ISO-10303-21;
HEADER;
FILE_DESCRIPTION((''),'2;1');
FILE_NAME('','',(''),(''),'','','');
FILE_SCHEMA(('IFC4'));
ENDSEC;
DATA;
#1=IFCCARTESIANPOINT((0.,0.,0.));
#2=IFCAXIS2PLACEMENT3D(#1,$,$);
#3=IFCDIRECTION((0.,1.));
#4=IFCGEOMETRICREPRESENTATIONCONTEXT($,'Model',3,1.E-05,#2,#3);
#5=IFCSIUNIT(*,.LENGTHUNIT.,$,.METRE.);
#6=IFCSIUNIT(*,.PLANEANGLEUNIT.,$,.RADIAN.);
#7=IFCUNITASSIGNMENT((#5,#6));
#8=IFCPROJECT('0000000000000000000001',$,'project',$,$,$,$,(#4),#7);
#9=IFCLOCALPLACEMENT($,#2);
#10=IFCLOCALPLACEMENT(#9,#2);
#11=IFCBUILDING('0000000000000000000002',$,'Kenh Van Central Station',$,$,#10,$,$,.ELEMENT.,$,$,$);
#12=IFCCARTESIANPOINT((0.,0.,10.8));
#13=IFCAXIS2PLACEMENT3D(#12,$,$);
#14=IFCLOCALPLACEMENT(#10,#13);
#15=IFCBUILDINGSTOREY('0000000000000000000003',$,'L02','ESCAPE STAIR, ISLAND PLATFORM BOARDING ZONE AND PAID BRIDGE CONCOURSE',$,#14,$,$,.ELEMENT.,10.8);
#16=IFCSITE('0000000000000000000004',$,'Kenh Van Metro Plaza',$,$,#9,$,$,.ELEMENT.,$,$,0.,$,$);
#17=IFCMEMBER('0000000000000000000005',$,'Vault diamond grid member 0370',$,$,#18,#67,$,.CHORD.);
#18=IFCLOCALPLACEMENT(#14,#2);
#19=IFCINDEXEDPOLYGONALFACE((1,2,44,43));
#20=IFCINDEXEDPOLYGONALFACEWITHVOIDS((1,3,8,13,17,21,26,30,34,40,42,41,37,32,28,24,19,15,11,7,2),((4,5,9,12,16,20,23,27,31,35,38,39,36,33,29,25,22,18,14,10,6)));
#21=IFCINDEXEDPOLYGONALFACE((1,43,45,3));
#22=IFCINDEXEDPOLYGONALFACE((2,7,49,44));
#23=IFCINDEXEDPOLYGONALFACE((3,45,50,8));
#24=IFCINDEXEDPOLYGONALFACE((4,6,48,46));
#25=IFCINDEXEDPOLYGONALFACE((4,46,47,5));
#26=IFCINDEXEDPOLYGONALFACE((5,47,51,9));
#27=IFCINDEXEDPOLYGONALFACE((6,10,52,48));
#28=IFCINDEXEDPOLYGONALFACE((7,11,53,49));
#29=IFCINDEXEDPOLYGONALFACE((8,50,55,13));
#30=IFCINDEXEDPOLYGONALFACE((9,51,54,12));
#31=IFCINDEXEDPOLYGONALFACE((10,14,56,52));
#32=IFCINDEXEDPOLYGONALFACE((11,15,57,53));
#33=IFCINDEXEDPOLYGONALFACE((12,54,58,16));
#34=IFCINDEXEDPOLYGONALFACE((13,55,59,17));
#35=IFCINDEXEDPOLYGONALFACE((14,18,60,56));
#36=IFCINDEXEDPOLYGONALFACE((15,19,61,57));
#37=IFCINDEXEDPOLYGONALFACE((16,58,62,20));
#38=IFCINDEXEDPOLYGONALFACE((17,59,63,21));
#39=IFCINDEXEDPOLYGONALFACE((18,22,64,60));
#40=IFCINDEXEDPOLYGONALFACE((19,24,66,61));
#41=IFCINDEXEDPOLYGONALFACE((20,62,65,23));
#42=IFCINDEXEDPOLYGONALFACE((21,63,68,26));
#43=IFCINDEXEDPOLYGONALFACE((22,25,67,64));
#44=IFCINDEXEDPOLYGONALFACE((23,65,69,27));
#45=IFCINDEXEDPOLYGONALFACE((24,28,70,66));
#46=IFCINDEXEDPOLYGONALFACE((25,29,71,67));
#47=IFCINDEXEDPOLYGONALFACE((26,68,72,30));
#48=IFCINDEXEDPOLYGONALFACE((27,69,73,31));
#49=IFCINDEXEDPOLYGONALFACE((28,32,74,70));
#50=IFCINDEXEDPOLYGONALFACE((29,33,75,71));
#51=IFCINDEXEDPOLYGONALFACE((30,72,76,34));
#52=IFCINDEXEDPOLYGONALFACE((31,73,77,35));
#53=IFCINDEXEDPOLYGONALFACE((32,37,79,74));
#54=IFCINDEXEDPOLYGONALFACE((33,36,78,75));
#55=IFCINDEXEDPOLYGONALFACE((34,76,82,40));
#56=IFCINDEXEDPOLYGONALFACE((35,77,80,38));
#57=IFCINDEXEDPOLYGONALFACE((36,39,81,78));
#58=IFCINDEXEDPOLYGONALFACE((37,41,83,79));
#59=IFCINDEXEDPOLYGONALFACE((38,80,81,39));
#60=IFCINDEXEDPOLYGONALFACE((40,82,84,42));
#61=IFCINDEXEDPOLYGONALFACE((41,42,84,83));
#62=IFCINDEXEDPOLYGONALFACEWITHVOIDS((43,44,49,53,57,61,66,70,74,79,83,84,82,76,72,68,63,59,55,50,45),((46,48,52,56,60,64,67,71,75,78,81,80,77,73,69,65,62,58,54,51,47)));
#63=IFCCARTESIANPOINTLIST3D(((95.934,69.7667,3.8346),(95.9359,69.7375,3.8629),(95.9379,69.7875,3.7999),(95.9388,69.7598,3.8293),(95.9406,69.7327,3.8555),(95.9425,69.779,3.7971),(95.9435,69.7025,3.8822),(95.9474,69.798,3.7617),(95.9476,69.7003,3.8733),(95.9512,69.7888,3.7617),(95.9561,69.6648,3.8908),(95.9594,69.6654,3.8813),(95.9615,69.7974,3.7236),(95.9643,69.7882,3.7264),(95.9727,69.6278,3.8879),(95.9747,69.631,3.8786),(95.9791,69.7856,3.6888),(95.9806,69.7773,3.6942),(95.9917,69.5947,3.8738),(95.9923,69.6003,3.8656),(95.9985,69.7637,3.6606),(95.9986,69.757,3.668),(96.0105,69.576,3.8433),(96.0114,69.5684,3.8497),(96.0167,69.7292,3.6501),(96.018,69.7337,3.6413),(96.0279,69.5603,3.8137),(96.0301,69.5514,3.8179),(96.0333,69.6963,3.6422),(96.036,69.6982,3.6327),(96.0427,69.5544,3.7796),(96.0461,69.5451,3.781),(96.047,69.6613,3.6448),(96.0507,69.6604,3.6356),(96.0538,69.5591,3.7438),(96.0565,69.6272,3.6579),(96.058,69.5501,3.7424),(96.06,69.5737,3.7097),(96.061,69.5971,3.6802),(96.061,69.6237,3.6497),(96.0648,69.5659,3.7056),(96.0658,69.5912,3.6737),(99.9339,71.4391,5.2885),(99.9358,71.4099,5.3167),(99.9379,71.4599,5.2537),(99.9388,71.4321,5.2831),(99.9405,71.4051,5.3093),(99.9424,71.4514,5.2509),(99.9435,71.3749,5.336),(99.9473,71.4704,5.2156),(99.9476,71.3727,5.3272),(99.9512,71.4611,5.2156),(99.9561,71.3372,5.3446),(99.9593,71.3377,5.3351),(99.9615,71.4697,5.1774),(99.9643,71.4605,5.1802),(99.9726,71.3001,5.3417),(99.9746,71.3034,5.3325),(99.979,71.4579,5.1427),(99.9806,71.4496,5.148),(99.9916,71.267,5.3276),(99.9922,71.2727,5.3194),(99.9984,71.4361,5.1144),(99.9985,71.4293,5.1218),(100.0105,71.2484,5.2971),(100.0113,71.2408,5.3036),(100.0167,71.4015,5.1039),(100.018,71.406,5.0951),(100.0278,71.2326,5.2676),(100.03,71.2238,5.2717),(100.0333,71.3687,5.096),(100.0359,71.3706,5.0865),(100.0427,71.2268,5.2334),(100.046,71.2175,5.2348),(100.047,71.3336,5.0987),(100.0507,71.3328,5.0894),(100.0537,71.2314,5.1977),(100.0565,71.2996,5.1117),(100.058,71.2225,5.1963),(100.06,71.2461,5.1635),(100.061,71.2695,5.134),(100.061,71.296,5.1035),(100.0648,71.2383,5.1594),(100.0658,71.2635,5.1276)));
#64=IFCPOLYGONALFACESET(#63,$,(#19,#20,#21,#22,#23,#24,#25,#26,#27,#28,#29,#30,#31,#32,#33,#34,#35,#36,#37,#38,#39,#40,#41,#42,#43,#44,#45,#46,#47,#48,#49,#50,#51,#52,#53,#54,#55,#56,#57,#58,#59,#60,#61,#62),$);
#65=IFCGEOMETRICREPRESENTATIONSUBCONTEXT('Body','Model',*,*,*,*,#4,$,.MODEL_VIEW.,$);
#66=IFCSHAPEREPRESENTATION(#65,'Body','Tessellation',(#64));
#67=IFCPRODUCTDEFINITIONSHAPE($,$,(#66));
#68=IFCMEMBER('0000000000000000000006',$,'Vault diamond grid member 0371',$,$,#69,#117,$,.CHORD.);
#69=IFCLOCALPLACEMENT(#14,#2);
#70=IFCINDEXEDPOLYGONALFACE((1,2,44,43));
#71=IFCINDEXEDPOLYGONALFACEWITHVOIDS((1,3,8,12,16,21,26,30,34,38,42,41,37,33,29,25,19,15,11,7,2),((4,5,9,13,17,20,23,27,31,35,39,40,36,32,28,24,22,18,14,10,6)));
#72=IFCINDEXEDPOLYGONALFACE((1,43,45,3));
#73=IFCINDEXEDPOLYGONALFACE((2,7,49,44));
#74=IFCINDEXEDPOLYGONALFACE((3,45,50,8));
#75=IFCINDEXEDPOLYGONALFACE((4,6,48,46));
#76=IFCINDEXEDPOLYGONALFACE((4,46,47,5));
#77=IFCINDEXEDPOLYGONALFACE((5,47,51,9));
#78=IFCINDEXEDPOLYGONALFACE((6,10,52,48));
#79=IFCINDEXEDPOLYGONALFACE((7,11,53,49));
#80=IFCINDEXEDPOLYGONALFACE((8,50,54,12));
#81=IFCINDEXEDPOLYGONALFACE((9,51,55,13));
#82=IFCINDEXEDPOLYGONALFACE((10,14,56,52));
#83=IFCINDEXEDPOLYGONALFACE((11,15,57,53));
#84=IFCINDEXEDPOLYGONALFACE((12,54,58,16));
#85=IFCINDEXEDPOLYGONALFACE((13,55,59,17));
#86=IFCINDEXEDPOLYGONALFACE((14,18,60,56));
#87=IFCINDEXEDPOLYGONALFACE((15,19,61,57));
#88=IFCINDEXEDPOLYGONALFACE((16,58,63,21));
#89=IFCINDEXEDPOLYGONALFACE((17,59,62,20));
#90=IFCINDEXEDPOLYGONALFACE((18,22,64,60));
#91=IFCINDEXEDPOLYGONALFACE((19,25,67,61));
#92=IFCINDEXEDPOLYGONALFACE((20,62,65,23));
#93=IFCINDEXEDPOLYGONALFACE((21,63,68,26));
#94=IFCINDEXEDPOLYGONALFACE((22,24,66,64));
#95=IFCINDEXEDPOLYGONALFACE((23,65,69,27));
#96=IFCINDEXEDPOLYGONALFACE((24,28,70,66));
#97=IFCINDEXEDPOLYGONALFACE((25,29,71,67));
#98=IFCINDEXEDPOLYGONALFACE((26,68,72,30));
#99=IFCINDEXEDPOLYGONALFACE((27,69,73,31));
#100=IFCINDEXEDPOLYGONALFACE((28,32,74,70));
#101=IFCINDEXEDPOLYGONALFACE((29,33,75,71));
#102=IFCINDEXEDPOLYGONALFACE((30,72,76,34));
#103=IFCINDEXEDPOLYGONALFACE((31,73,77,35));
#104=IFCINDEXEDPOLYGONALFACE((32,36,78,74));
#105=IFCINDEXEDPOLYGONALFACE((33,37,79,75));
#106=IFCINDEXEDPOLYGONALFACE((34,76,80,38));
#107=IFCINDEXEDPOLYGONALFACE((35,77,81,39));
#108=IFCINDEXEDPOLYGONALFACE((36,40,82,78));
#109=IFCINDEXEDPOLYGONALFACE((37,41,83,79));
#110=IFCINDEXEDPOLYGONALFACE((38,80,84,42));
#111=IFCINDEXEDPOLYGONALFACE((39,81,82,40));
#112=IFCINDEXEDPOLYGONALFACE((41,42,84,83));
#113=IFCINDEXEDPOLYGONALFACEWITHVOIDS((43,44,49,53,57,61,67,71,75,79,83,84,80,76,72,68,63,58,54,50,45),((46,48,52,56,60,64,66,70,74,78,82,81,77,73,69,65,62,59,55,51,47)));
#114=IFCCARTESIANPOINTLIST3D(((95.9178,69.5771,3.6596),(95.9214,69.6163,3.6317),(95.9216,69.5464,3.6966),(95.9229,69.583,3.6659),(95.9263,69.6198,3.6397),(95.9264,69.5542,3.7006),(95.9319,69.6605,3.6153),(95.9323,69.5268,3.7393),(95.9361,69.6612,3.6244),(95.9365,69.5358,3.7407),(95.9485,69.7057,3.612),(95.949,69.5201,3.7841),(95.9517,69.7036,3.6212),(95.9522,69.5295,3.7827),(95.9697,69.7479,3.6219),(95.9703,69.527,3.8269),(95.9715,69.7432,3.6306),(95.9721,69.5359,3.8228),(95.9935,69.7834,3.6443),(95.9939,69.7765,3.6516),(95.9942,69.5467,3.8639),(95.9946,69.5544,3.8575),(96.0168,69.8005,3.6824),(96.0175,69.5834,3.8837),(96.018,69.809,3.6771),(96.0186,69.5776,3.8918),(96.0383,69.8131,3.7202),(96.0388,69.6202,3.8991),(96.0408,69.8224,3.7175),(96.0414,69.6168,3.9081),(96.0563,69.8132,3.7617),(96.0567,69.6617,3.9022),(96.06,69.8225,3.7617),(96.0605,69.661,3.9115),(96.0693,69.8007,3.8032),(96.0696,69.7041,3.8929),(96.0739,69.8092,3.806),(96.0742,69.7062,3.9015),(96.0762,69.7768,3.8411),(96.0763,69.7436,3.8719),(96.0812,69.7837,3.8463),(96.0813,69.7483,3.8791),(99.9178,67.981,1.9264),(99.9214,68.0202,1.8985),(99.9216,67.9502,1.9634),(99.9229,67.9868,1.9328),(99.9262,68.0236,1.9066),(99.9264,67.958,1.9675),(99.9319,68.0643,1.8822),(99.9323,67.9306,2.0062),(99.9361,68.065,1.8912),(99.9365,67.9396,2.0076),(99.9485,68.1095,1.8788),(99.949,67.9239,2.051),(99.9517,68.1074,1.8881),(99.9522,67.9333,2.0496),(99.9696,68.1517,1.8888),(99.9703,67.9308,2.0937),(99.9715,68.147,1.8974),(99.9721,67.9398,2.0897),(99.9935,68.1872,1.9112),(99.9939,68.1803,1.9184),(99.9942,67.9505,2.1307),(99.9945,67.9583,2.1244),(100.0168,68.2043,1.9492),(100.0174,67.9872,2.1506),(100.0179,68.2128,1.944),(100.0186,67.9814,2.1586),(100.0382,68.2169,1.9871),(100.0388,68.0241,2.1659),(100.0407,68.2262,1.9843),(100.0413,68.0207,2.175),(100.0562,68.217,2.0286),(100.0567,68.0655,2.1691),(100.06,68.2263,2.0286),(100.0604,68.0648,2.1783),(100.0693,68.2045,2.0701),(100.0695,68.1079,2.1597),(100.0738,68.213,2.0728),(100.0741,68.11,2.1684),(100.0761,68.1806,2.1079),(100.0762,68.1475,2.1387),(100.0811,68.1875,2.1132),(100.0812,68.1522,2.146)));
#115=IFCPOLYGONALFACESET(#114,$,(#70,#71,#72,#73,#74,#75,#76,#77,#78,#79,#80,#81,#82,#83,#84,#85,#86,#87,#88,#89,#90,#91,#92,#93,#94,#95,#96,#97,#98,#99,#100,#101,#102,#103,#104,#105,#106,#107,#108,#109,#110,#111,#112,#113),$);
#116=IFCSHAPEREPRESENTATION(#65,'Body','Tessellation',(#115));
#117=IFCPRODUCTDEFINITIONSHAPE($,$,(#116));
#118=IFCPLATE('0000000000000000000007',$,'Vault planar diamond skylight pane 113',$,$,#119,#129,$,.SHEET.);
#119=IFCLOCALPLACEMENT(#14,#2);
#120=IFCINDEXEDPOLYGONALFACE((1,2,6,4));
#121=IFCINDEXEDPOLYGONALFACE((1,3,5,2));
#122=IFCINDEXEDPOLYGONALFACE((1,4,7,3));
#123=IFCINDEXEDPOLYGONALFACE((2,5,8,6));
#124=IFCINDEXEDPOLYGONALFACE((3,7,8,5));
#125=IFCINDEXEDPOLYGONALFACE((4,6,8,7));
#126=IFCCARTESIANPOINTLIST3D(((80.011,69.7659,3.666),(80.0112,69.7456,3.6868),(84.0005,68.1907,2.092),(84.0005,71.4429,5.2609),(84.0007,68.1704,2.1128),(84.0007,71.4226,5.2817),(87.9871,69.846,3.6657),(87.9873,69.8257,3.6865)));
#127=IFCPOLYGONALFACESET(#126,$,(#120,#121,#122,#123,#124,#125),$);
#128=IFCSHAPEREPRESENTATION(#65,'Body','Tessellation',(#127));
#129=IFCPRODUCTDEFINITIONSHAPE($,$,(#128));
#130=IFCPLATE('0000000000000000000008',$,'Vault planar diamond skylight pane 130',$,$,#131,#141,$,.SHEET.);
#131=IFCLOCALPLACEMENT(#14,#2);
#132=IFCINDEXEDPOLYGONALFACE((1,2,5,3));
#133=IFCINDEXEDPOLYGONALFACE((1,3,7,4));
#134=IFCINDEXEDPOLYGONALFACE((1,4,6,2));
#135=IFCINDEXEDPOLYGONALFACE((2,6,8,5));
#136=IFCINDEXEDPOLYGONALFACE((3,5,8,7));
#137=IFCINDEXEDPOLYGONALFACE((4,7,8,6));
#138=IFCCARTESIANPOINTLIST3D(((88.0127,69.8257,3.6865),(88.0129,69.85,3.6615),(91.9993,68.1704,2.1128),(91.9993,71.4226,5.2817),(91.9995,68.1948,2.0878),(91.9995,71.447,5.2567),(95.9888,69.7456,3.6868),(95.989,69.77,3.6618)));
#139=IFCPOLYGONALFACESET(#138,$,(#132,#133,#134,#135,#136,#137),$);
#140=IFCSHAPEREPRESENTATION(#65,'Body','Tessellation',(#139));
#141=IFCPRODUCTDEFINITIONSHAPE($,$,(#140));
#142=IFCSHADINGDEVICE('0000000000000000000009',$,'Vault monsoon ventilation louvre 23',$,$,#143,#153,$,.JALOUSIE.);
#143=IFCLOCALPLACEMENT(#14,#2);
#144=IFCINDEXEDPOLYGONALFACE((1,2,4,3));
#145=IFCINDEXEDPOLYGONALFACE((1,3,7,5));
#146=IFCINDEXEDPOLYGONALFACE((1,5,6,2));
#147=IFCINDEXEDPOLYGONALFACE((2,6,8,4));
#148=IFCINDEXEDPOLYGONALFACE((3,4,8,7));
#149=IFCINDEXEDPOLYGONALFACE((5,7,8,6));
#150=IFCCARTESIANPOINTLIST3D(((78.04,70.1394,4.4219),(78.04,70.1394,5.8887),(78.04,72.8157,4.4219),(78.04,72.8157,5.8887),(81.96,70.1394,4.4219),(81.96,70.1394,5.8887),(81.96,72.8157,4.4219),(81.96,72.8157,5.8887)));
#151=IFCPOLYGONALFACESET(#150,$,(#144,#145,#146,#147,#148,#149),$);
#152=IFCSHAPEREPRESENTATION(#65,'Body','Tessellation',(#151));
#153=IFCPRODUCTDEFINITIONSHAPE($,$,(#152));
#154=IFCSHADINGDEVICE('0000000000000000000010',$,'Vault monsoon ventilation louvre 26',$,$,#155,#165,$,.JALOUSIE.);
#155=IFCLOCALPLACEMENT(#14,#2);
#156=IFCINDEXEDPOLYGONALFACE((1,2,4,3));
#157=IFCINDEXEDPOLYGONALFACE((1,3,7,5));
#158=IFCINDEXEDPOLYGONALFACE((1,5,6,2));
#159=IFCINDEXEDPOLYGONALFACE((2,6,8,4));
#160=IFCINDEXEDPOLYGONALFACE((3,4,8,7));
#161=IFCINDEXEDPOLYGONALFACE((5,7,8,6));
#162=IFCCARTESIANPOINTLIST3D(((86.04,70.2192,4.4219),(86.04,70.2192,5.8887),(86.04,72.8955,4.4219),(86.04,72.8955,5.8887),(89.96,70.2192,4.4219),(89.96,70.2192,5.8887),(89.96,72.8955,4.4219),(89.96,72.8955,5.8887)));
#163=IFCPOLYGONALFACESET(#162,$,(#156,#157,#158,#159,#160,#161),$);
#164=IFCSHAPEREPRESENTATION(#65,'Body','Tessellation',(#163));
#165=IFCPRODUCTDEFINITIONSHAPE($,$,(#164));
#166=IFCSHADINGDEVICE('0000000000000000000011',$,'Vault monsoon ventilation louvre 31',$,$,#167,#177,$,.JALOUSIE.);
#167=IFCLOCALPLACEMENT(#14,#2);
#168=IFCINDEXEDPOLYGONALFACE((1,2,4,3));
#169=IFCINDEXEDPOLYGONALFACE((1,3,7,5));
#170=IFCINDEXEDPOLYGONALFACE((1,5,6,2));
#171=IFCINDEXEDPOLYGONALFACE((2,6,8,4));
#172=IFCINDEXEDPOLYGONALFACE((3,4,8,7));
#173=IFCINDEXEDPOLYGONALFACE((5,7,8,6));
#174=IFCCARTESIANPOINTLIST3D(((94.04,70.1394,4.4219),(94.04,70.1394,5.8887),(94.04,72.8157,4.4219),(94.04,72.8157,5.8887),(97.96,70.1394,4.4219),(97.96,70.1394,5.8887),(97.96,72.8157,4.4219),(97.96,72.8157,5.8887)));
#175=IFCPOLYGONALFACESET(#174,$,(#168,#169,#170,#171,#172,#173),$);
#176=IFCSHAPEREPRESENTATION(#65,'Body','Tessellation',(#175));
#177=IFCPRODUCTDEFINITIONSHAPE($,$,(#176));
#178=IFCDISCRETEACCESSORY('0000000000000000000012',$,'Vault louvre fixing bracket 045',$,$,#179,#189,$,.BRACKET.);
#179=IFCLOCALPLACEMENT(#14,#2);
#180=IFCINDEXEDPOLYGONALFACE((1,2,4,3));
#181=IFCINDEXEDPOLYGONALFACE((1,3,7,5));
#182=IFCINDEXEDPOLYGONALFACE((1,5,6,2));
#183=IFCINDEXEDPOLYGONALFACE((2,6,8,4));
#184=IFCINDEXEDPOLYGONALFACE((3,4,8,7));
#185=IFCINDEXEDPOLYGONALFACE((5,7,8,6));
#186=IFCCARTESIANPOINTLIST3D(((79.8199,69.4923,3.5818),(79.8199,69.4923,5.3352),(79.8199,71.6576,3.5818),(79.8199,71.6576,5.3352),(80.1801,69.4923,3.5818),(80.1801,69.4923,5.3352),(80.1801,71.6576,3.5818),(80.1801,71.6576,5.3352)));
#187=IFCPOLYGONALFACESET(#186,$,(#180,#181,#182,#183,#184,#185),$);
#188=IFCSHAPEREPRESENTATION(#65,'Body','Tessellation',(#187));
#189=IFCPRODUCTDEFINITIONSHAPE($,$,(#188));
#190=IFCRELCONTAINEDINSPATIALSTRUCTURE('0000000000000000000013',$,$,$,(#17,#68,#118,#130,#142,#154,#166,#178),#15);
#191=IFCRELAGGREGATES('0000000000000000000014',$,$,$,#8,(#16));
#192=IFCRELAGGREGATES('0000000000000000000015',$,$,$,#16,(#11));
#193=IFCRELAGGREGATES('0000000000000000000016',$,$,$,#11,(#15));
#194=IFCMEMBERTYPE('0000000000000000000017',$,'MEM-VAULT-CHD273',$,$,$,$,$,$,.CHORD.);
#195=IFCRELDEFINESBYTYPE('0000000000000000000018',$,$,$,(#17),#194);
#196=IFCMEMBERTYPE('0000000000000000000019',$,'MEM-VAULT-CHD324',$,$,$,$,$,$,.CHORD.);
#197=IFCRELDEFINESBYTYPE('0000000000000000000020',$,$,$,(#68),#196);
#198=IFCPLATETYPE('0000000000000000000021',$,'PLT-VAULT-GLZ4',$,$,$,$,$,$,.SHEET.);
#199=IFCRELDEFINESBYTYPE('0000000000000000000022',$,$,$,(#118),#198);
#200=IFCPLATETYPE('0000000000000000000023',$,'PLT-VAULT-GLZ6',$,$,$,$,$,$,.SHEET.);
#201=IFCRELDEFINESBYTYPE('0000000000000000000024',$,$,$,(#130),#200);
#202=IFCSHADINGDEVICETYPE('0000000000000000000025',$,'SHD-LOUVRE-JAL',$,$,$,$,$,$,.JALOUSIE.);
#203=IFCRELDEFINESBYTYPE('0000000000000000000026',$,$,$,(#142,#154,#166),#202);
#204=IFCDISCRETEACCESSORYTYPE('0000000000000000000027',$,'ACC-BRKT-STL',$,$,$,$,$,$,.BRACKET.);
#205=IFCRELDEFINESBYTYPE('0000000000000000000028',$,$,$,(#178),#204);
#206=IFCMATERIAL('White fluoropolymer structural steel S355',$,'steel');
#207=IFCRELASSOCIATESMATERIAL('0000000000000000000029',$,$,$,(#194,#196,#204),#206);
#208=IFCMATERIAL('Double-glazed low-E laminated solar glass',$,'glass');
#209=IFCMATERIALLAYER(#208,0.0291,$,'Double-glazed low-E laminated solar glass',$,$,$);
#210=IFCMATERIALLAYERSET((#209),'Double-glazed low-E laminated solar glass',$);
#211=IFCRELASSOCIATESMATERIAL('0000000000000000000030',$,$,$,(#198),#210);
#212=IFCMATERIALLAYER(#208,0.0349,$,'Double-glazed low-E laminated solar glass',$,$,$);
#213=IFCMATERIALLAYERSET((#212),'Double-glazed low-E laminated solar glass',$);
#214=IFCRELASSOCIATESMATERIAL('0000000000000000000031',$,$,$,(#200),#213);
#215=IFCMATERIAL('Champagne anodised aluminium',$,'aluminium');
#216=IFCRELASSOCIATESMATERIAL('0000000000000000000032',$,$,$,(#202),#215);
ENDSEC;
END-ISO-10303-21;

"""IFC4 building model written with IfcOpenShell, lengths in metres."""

from ifc_helpers import new_model, si_unit, direction, frame, origin, origin_2d, place, context, subcontext, project, spatial, polyline, rectangle, hollow_circle, outline, extrude, material, layer, layer_set, material_profile, profile_set, type_object, element, save


model = new_model("IFC4")

# Units and contexts
model_context = context("Model", 3, precision=1e-05, world=origin(), true_north=direction((0.0, 1.0)))
body_context = subcontext(model_context, "Body", "Model", "MODEL_VIEW")
ifc_project = project(units=[si_unit("LENGTHUNIT", "METRE"), si_unit("PLANEANGLEUNIT", "RADIAN")], contexts=[model_context])

# Site, building, storey
site_placement = place(None, origin())
site = spatial("IfcSite", under=ifc_project, at=site_placement, Name="Kenh Van Metro Plaza", CompositionType="ELEMENT", RefElevation=0.0)
building_placement = place(site_placement, origin())
building = spatial("IfcBuilding", under=site, at=building_placement, Name="Kenh Van Central Station", CompositionType="ELEMENT")
storey_placement = place(building_placement, frame((0.0, 0.0, 10.8)))
storey = spatial("IfcBuildingStorey", under=building, at=storey_placement, Name="L02", Description="ESCAPE STAIR, ISLAND PLATFORM BOARDING ZONE AND PAID BRIDGE CONCOURSE", CompositionType="ELEMENT", Elevation=10.8)

# Shared definitions
ifc_material_1 = material(Name="White fluoropolymer structural steel S355", Category="steel")

# Members
ifc_material_profile_1 = material_profile(ifc_material_1, hollow_circle(Radius=0.1365, WallThickness=0.01, at=origin_2d()), Name="CHS 273x10")
ifc_profile_set_1 = profile_set([ifc_material_profile_1], Name="White fluoropolymer structural steel S355")
member_type_1 = type_object("IfcMemberType", Name="MEM-VAULT-CHD273", PredefinedType="CHORD", material=ifc_profile_set_1)
member_1_placement = place(storey_placement, frame((96.0, 69.6721, 3.7617), z_axis=(0.874738, 0.36572, 0.317936), x_axis=(-0.385735, 0.92261, 0.0)))
element("IfcMember", 1, at=member_1_placement, inside=storey, type_object=member_type_1, Name="Vault diamond grid member 0370", PredefinedType="CHORD", context=body_context, shape_type="SweptSolid", body=[
    extrude(hollow_circle(Radius=0.1365, WallThickness=0.01, at=origin_2d()), origin(), (0.0, 0.0, 1.0), 4.5728),
])
ifc_material_profile_2 = material_profile(ifc_material_1, hollow_circle(Radius=0.1619, WallThickness=0.01, at=origin_2d()), Name="CHS 323.9x10")
ifc_profile_set_2 = profile_set([ifc_material_profile_2], Name="White fluoropolymer structural steel S355")
member_type_2 = type_object("IfcMemberType", Name="MEM-VAULT-CHD324", PredefinedType="CHORD", material=ifc_profile_set_2)
member_2_placement = place(storey_placement, frame((96.0, 69.6721, 3.7617), z_axis=(0.861628, -0.343831, -0.373333), x_axis=(0.370628, 0.928781, 0.0)))
element("IfcMember", 2, at=member_2_placement, inside=storey, type_object=member_type_2, Name="Vault diamond grid member 0371", PredefinedType="CHORD", context=body_context, shape_type="SweptSolid", body=[
    extrude(hollow_circle(Radius=0.1619, WallThickness=0.01, at=origin_2d()), origin(), (0.0, 0.0, 1.0), 4.6423),
])

# Plates
ifc_material_2 = material(Name="Double-glazed low-E laminated solar glass", Category="glass")
ifc_layer_1 = layer(ifc_material_2, 0.0291, Name="Double-glazed low-E laminated solar glass")
ifc_layer_set_1 = layer_set([ifc_layer_1], Name="Double-glazed low-E laminated solar glass")
plate_type_1 = type_object("IfcPlateType", Name="PLT-VAULT-GLZ4", PredefinedType="SHEET", material=ifc_layer_set_1)
plate_1_placement = place(storey_placement, frame((80.0112, 69.7456, 3.6868), z_axis=(0.007028, -0.697863, 0.716197), x_axis=(0.873188, -0.34476, -0.344504)))
element("IfcPlate", 3, at=plate_1_placement, inside=storey, type_object=plate_type_1, Name="Vault planar diamond skylight pane 113", PredefinedType="SHEET", context=body_context, shape_type="SweptSolid", body=[
    extrude(outline(polyline([(0.0, 0.0), (4.5689, 0.0), (6.9371, 3.9371), (2.3559, 3.9651), (0.0, 0.0)])), origin(), (0.0, 0.0, -1.0), 0.0291),
])
ifc_layer_2 = layer(ifc_material_2, 0.0349, Name="Double-glazed low-E laminated solar glass")
ifc_layer_set_2 = layer_set([ifc_layer_2], Name="Double-glazed low-E laminated solar glass")
plate_type_2 = type_object("IfcPlateType", Name="PLT-VAULT-GLZ6", PredefinedType="SHEET", material=ifc_layer_set_2)
plate_2_placement = place(storey_placement, frame((88.0127, 69.8257, 3.6865), z_axis=(-0.007028, -0.697863, 0.716197), x_axis=(0.867686, -0.360269, -0.342531)))
element("IfcPlate", 4, at=plate_2_placement, inside=storey, type_object=plate_type_2, Name="Vault planar diamond skylight pane 130", PredefinedType="SHEET", context=body_context, shape_type="SweptSolid", body=[
    extrude(outline(polyline([(0.0, 0.0), (4.5945, 0.0), (6.9495, 3.9152), (2.3374, 3.9401), (0.0, 0.0)])), origin(), (0.0, 0.0, -1.0), 0.0349),
])

# Shading devices
ifc_material_3 = material(Name="Champagne anodised aluminium", Category="aluminium")
shading_device_type = type_object("IfcShadingDeviceType", Name="SHD-LOUVRE-JAL", PredefinedType="JALOUSIE", material=ifc_material_3)
for number, where, z_axis, x_axis, name in (
    (5, (80.0, 71.4775, 4.4219), (0.0, 0.0, 1.0), (1.0, 0.0, 0.0), "Vault monsoon ventilation louvre 23"),
    (6, (88.0, 71.5574, 4.4219), (0.0, 0.0, 1.0), (1.0, 0.0, 0.0), "Vault monsoon ventilation louvre 26"),
    (7, (96.0, 71.4775, 4.4219), (0.0, 0.0, 1.0), (1.0, 0.0, 0.0), "Vault monsoon ventilation louvre 31"),
):
    element("IfcShadingDevice", number, at=place(storey_placement, frame(where, z_axis=z_axis, x_axis=x_axis)), inside=storey, type_object=shading_device_type, Name=name, PredefinedType="JALOUSIE", context=body_context, shape_type="SweptSolid", body=[
        extrude(rectangle(XDim=3.9199, YDim=2.6763, at=origin_2d()), origin(), (0.0, 0.0, 1.0), 1.4668),
    ])

# Discrete accessory
discrete_accessory_type_1 = type_object("IfcDiscreteAccessoryType", Name="ACC-BRKT-STL", PredefinedType="BRACKET", material=ifc_material_1)
discrete_accessory_1_placement = place(storey_placement, frame((80.0, 70.575, 3.5818), z_axis=(0.0, 0.0, 1.0), x_axis=(1.0, 0.0, 0.0)))
element("IfcDiscreteAccessory", 8, at=discrete_accessory_1_placement, inside=storey, type_object=discrete_accessory_type_1, Name="Vault louvre fixing bracket 045", PredefinedType="BRACKET", context=body_context, shape_type="SweptSolid", body=[
    extrude(rectangle(XDim=0.3601, YDim=2.1653, at=origin_2d()), origin(), (0.0, 0.0, 1.0), 1.7534),
])

save(model, "model.ifc")
